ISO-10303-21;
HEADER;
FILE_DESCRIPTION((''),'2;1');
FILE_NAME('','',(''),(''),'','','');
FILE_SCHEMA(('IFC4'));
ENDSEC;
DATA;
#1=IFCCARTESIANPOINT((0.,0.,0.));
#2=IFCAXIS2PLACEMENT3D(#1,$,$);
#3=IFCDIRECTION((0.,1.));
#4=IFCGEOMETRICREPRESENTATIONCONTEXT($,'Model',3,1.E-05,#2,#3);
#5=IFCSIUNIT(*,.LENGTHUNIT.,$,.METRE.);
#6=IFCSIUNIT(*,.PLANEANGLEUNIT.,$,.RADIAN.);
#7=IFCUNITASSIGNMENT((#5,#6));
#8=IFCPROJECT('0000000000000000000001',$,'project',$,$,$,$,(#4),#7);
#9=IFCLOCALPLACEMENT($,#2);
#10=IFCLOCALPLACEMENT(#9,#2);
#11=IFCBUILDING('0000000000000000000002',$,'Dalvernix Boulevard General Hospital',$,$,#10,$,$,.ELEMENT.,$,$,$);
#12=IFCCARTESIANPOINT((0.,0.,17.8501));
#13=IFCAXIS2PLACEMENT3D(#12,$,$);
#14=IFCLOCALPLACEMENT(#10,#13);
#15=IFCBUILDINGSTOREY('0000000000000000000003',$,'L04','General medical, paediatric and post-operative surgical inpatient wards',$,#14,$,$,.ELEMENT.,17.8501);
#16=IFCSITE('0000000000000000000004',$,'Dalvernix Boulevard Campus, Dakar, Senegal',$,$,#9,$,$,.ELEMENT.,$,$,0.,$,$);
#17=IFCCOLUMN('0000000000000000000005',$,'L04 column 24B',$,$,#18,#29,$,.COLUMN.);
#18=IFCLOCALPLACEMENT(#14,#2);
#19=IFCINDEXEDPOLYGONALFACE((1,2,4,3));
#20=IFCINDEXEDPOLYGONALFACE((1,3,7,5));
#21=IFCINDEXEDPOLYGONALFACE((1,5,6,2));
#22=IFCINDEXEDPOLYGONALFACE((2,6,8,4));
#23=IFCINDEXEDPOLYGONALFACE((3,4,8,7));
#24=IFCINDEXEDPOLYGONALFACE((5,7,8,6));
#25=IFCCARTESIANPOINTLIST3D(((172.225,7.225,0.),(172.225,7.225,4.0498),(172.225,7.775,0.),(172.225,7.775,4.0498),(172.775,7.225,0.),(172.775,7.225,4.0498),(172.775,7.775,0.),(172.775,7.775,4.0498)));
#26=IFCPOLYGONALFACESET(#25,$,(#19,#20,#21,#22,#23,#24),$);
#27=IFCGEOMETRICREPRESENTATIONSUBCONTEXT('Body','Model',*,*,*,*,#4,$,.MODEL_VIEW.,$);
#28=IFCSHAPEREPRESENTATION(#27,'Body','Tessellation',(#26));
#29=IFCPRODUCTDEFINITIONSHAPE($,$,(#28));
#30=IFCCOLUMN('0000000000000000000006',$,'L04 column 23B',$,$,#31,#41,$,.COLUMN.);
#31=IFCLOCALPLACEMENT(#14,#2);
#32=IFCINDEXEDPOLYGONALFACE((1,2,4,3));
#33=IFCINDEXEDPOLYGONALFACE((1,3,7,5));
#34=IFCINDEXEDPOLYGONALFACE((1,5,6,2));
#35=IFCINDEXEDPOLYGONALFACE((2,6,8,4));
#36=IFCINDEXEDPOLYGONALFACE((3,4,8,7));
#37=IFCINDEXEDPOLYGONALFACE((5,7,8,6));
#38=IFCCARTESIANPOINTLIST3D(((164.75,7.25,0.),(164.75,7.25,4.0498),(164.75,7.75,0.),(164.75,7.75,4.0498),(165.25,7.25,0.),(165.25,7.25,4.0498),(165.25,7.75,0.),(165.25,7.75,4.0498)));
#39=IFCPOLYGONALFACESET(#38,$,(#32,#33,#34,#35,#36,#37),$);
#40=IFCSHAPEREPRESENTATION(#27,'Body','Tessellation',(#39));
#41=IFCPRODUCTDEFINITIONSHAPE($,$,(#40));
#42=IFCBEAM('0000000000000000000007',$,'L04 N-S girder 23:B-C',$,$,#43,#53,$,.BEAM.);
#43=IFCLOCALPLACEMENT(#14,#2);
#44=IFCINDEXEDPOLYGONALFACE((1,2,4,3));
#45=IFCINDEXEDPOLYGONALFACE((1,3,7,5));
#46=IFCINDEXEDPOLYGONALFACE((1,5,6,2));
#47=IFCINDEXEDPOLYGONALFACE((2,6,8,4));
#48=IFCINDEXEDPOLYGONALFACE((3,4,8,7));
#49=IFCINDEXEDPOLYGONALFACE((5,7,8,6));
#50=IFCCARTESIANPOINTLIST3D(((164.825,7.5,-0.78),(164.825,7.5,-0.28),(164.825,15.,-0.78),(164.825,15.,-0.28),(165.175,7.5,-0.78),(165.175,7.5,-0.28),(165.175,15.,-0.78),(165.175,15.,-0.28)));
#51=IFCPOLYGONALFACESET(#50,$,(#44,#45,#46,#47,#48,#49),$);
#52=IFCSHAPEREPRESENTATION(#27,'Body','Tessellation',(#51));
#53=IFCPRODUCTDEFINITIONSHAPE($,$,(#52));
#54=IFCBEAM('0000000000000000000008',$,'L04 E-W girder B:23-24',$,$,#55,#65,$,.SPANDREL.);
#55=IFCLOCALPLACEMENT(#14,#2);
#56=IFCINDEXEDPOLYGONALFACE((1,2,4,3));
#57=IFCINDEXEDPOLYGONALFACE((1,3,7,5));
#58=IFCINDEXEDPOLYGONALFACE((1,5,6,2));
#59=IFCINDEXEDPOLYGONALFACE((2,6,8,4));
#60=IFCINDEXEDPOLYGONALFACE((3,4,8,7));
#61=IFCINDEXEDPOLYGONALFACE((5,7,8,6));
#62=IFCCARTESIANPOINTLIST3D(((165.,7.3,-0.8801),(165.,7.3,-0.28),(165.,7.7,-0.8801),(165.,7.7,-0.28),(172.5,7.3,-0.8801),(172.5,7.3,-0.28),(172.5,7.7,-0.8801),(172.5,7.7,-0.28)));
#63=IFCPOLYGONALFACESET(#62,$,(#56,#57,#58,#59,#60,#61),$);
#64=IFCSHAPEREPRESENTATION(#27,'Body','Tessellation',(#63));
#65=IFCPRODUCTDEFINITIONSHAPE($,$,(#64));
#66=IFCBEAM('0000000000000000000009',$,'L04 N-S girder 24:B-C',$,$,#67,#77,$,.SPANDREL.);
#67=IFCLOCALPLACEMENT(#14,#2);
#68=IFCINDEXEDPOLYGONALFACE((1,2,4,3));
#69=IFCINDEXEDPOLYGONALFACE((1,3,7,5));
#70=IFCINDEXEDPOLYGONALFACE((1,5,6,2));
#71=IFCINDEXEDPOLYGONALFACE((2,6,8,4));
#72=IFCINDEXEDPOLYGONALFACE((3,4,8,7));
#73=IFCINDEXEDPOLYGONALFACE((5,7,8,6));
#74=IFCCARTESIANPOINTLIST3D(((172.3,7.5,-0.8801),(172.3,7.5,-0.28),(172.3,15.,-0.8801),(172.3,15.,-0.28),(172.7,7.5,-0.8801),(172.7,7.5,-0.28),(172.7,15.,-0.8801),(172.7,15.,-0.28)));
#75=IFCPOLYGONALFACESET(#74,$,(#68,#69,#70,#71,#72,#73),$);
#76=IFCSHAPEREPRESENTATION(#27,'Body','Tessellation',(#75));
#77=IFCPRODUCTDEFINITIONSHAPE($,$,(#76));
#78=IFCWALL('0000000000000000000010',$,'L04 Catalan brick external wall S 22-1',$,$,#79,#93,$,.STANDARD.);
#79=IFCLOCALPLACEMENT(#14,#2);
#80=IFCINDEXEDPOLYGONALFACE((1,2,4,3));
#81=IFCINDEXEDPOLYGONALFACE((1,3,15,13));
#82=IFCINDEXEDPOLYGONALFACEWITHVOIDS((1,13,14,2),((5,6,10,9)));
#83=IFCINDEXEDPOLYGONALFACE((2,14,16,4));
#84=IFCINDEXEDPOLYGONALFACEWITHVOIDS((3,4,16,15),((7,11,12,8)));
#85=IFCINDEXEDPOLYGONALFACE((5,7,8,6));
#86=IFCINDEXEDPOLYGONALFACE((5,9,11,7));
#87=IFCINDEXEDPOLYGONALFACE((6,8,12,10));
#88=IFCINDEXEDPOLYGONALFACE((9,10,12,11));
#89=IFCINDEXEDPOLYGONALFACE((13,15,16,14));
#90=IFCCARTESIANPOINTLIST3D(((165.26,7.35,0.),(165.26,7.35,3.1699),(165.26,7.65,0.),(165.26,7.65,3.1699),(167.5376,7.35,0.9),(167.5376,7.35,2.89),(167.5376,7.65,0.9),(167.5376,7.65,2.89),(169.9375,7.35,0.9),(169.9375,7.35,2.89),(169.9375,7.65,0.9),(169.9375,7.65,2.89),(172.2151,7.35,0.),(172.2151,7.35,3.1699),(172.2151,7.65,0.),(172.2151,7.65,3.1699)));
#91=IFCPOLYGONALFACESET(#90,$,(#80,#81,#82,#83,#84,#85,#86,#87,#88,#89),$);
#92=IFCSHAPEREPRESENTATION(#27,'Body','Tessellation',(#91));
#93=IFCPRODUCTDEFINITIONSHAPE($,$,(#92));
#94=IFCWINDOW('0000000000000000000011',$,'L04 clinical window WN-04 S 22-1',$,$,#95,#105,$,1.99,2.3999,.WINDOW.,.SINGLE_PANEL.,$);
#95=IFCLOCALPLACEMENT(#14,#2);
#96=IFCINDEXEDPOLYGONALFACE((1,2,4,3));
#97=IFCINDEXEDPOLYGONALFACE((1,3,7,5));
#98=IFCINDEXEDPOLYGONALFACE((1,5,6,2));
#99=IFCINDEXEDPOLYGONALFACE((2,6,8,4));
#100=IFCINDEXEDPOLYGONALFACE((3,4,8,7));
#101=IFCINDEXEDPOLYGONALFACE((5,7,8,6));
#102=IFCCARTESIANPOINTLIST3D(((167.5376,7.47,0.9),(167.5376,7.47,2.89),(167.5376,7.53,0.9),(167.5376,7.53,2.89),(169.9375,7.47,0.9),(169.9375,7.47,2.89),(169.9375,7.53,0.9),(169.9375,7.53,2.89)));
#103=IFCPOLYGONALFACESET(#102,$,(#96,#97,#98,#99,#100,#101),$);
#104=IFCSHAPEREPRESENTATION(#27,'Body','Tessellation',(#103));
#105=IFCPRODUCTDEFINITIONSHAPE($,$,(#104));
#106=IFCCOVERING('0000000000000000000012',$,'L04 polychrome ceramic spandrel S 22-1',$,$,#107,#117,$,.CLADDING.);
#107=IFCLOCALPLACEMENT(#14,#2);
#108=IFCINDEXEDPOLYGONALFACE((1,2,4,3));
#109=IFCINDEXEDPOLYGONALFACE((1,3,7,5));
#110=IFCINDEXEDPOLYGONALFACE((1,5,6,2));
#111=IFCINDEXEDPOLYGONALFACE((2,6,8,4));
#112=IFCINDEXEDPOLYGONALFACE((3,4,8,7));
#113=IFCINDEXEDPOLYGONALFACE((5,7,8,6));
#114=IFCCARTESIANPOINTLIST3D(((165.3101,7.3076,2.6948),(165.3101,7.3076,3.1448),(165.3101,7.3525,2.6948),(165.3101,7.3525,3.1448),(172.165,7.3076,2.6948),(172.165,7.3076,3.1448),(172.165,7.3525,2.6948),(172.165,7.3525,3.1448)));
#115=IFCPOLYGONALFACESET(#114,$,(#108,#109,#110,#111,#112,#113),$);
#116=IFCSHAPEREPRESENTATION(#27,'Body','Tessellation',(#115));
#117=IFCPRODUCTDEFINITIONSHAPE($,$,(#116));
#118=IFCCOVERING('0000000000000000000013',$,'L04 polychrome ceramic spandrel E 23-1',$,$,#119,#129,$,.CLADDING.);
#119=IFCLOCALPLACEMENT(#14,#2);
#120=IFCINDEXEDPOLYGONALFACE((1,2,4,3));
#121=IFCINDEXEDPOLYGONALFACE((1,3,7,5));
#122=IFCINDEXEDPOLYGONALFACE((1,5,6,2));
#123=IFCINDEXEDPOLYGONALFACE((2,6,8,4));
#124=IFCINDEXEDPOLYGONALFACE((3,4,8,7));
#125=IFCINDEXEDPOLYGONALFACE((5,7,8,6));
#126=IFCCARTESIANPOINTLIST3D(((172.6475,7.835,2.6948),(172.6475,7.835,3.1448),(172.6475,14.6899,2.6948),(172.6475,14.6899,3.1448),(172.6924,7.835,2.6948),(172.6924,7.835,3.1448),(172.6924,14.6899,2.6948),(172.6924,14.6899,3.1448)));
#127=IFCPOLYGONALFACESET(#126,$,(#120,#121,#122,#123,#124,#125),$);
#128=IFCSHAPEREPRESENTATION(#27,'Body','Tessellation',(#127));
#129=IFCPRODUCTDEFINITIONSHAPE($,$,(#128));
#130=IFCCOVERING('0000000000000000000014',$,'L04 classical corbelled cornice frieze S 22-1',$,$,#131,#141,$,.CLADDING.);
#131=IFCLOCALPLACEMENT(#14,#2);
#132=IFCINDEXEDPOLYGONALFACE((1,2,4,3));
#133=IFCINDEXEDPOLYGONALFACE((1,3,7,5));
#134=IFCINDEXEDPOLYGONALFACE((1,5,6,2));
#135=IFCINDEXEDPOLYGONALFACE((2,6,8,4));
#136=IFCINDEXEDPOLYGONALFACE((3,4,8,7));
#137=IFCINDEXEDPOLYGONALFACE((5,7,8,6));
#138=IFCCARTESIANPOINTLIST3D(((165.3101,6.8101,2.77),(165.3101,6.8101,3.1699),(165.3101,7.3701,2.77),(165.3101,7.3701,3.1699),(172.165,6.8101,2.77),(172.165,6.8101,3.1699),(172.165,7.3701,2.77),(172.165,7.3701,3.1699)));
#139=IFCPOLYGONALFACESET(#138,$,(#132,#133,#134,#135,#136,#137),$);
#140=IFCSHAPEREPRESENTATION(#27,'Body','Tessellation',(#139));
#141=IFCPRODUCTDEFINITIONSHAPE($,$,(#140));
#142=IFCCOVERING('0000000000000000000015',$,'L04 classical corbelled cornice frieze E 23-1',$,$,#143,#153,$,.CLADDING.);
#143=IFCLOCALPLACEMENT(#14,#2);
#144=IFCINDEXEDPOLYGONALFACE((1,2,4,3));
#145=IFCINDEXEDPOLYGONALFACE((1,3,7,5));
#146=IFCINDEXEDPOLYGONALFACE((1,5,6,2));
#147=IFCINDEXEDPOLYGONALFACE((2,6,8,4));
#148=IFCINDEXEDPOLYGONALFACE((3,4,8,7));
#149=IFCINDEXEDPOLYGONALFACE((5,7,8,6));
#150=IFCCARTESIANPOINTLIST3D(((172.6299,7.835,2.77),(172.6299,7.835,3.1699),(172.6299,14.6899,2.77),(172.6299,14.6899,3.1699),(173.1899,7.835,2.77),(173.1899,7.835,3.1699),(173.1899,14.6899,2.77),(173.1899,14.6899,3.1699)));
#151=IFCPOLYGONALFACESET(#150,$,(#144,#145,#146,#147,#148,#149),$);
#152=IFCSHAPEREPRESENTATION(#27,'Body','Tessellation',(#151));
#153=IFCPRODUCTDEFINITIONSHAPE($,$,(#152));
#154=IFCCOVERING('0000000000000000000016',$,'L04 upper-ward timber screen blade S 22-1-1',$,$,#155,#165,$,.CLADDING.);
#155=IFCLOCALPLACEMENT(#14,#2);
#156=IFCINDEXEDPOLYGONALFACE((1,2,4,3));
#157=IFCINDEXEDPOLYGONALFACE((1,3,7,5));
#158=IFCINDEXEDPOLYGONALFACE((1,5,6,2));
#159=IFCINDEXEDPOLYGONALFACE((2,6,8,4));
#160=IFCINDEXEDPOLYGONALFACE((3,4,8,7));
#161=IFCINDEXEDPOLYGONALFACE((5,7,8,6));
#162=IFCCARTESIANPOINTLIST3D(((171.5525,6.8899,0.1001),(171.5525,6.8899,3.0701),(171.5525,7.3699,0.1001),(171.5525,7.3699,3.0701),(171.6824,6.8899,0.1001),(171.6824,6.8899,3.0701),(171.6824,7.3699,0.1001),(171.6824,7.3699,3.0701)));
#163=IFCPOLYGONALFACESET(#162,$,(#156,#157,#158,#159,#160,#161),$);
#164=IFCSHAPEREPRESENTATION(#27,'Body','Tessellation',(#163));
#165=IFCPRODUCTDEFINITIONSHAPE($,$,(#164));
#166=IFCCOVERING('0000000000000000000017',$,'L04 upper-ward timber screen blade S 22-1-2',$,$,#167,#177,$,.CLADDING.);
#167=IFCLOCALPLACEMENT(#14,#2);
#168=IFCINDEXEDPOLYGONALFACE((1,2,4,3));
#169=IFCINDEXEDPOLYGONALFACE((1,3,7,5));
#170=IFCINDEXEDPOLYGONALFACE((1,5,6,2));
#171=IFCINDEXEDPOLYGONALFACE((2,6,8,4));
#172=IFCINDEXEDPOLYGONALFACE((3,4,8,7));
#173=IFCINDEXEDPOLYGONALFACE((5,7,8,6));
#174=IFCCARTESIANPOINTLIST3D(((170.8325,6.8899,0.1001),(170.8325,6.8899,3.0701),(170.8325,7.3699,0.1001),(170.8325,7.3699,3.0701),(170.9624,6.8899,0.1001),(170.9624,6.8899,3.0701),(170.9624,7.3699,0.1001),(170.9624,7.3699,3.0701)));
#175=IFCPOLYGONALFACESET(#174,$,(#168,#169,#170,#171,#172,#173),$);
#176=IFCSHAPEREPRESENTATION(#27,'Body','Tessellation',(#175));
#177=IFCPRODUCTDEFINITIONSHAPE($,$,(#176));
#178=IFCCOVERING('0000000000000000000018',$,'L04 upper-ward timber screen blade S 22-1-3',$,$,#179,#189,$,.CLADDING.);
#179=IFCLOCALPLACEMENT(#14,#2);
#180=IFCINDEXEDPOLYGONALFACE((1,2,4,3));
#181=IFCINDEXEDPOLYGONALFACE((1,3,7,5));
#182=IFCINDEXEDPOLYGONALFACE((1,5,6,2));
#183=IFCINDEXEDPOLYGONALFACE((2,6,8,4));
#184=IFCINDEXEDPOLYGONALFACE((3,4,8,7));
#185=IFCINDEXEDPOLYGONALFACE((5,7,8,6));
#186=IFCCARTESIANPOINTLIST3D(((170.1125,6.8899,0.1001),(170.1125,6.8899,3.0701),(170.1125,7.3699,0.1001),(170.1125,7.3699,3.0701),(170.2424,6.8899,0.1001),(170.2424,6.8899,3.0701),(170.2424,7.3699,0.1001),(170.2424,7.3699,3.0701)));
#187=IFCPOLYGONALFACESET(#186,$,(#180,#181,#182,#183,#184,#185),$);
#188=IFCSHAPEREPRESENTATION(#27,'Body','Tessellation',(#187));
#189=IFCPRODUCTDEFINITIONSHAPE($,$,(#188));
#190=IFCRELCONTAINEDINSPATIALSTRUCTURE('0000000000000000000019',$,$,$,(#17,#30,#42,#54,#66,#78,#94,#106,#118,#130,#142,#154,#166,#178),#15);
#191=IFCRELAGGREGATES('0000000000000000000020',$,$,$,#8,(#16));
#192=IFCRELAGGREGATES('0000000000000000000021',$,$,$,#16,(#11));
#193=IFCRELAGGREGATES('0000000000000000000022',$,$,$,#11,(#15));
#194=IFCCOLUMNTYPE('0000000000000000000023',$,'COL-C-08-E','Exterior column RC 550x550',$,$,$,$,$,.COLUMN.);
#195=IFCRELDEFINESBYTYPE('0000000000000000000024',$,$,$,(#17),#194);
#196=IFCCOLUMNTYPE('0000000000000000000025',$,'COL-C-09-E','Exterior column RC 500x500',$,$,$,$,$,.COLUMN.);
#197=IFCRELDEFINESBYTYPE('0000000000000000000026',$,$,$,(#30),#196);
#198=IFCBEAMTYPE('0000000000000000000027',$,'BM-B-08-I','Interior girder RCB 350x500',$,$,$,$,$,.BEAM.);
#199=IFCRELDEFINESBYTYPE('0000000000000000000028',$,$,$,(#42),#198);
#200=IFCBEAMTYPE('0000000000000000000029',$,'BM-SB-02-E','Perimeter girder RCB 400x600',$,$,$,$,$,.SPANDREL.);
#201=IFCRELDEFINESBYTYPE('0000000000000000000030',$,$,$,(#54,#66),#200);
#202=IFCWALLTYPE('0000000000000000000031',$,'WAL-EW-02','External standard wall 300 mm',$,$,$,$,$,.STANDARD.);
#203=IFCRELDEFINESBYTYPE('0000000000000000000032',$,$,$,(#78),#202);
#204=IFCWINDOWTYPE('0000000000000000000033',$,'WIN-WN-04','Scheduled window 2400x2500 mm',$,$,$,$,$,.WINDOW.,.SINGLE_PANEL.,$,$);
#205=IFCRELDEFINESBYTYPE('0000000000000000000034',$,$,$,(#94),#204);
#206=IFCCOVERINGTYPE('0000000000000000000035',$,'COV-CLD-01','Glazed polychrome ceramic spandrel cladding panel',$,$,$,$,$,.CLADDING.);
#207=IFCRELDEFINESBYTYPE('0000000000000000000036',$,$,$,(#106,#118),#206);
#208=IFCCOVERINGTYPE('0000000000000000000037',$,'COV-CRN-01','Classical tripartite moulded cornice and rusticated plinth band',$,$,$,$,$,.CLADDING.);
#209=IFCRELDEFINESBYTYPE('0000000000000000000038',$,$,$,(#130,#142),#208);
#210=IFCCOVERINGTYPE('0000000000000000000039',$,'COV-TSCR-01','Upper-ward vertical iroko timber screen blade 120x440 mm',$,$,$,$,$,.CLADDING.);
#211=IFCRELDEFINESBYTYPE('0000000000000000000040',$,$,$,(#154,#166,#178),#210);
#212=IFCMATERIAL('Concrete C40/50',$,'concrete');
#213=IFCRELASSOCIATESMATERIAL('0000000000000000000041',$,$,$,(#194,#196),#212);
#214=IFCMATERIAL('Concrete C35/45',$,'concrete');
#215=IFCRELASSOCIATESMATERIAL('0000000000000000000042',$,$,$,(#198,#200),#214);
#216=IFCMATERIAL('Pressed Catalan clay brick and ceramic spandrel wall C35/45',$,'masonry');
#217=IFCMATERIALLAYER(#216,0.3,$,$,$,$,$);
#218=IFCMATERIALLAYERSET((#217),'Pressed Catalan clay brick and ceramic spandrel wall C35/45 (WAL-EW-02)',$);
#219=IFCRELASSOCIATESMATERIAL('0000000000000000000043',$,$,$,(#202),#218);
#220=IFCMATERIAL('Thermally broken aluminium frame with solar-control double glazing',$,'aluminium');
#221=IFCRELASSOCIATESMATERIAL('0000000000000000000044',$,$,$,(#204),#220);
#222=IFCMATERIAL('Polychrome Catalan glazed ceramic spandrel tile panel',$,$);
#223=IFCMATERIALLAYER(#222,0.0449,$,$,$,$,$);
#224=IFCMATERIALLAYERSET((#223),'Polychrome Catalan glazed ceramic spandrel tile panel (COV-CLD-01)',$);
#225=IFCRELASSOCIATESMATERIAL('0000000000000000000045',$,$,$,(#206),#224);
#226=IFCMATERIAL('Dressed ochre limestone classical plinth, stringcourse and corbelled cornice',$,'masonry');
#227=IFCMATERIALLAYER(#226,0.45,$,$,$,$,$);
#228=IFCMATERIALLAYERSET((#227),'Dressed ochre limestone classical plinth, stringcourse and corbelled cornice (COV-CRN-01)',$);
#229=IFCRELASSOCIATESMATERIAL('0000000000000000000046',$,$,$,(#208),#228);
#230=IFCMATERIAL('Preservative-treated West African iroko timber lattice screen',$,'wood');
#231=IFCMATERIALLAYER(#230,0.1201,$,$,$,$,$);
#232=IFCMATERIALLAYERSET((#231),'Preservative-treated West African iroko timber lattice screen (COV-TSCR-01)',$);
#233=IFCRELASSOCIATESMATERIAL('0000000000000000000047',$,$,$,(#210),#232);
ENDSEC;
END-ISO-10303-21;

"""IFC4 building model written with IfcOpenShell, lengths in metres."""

from ifc_helpers import new_model, si_unit, direction, frame, frame_2d, origin, origin_2d, place, context, subcontext, project, spatial, rectangle, extrude, material, layer, layer_set, material_profile, profile_set, type_object, element, fill, save


model = new_model("IFC4")

# Units and contexts
model_context = context("Model", 3, precision=1e-05, world=origin(), true_north=direction((0.0, 1.0)))
body_context = subcontext(model_context, "Body", "Model", "MODEL_VIEW")
ifc_project = project(units=[si_unit("LENGTHUNIT", "METRE"), si_unit("PLANEANGLEUNIT", "RADIAN")], contexts=[model_context])

# Site, building, storey
site_placement = place(None, origin())
site = spatial("IfcSite", under=ifc_project, at=site_placement, Name="Dalvernix Boulevard Campus, Dakar, Senegal", CompositionType="ELEMENT", RefElevation=0.0)
building_placement = place(site_placement, origin())
building = spatial("IfcBuilding", under=site, at=building_placement, Name="Dalvernix Boulevard General Hospital", CompositionType="ELEMENT")
storey_placement = place(building_placement, frame((0.0, 0.0, 17.8501)))
storey = spatial("IfcBuildingStorey", under=building, at=storey_placement, Name="L04", Description="General medical, paediatric and post-operative surgical inpatient wards", CompositionType="ELEMENT", Elevation=17.8501)

# Columns
ifc_material_1 = material(Name="Concrete C40/50", Category="concrete")
ifc_material_profile_1 = material_profile(ifc_material_1, rectangle(XDim=0.55, YDim=0.55, at=origin_2d()), Name="RC 550x550")
ifc_profile_set_1 = profile_set([ifc_material_profile_1], Name="Concrete C40/50")
column_type_1 = type_object("IfcColumnType", Name="COL-C-08-E", Description="Exterior column RC 550x550", PredefinedType="COLUMN", material=ifc_profile_set_1)
column_1_placement = place(storey_placement, frame((172.5, 7.5, 0.0), z_axis=(0.0, 0.0, 1.0), x_axis=(1.0, 0.0, 0.0)))
element("IfcColumn", 1, at=column_1_placement, inside=storey, type_object=column_type_1, Name="L04 column 24B", PredefinedType="COLUMN", context=body_context, shape_type="SweptSolid", body=[
    extrude(rectangle(XDim=0.55, YDim=0.55, at=origin_2d()), origin(), (0.0, 0.0, 1.0), 4.0498),
])
ifc_material_profile_2 = material_profile(ifc_material_1, rectangle(XDim=0.5, YDim=0.5, at=origin_2d()), Name="RC 500x500")
ifc_profile_set_2 = profile_set([ifc_material_profile_2], Name="Concrete C40/50")
column_type_2 = type_object("IfcColumnType", Name="COL-C-09-E", Description="Exterior column RC 500x500", PredefinedType="COLUMN", material=ifc_profile_set_2)
column_2_placement = place(storey_placement, frame((165.0, 7.5, 0.0), z_axis=(0.0, 0.0, 1.0), x_axis=(1.0, 0.0, 0.0)))
element("IfcColumn", 2, at=column_2_placement, inside=storey, type_object=column_type_2, Name="L04 column 23B", PredefinedType="COLUMN", context=body_context, shape_type="SweptSolid", body=[
    extrude(rectangle(XDim=0.5, YDim=0.5, at=origin_2d()), origin(), (0.0, 0.0, 1.0), 4.0498),
])

# Beams
ifc_material_2 = material(Name="Concrete C35/45", Category="concrete")
ifc_material_profile_3 = material_profile(ifc_material_2, rectangle(XDim=0.3501, YDim=0.5, at=origin_2d()), Name="RCB 350x500")
ifc_profile_set_3 = profile_set([ifc_material_profile_3], Name="Concrete C35/45")
beam_type_1 = type_object("IfcBeamType", Name="BM-B-08-I", Description="Interior girder RCB 350x500", PredefinedType="BEAM", material=ifc_profile_set_3)
beam_placement = place(storey_placement, frame((165.0, 7.5, -0.53), z_axis=(0.0, 1.0, 0.0), x_axis=(-1.0, 0.0, 0.0)))
element("IfcBeam", 3, at=beam_placement, inside=storey, type_object=beam_type_1, Name="L04 N-S girder 23:B-C", PredefinedType="BEAM", context=body_context, shape_type="SweptSolid", body=[
    extrude(rectangle(XDim=0.3501, YDim=0.5, at=origin_2d()), origin(), (0.0, 0.0, 1.0), 7.5),
])
ifc_material_profile_4 = material_profile(ifc_material_2, rectangle(XDim=0.3999, YDim=0.6001, at=origin_2d()), Name="RCB 400x600")
ifc_profile_set_4 = profile_set([ifc_material_profile_4], Name="Concrete C35/45")
beam_type_2 = type_object("IfcBeamType", Name="BM-SB-02-E", Description="Perimeter girder RCB 400x600", PredefinedType="SPANDREL", material=ifc_profile_set_4)
for number, where, z_axis, x_axis, name in (
    (4, (165.0, 7.5, -0.5801), (1.0, 0.0, 0.0), (0.0, 1.0, 0.0), "L04 E-W girder B:23-24"),
    (5, (172.5, 7.5, -0.5801), (0.0, 1.0, 0.0), (-1.0, 0.0, 0.0), "L04 N-S girder 24:B-C"),
):
    element("IfcBeam", number, at=place(storey_placement, frame(where, z_axis=z_axis, x_axis=x_axis)), inside=storey, type_object=beam_type_2, Name=name, PredefinedType="SPANDREL", context=body_context, shape_type="SweptSolid", body=[
        extrude(rectangle(XDim=0.3999, YDim=0.6001, at=origin_2d()), origin(), (0.0, 0.0, 1.0), 7.5),
    ])

# Wall, opening, window
ifc_material_3 = material(Name="Pressed Catalan clay brick and ceramic spandrel wall C35/45", Category="masonry")
ifc_layer_1 = layer(ifc_material_3, 0.3)
ifc_layer_set_1 = layer_set([ifc_layer_1], Name="Pressed Catalan clay brick and ceramic spandrel wall C35/45 (WAL-EW-02)")
wall_type = type_object("IfcWallType", Name="WAL-EW-02", Description="External standard wall 300 mm", PredefinedType="STANDARD", material=ifc_layer_set_1)
wall_placement = place(storey_placement, frame((172.2151, 7.5, 0.0), z_axis=(0.0, 0.0, 1.0), x_axis=(-1.0, 0.0, 0.0)))
wall = element("IfcWall", 6, at=wall_placement, inside=storey, type_object=wall_type, Name="L04 Catalan brick external wall S 22-1", PredefinedType="STANDARD", context=body_context, shape_type="SweptSolid", body=[
    extrude(rectangle(XDim=6.9551, YDim=0.3, at=frame_2d((3.4775, 0.0))), origin(), (0.0, 0.0, 1.0), 3.1699),
])
opening_placement = place(wall_placement, frame((2.2776, 0.0, 0.8999)))
opening = element("IfcOpeningElement", 7, at=opening_placement, cuts=wall, PredefinedType="OPENING", context=body_context, shape_type="SweptSolid", body=[
    extrude(rectangle(XDim=2.3999, YDim=1.99, at=frame_2d((1.2, 0.9951))), frame((0.0, 0.1599, 0.0), z_axis=(0.0, -1.0, 0.0), x_axis=(1.0, 0.0, 0.0)), (0.0, 0.0, 1.0), 0.3201),
])
ifc_material_4 = material(Name="Thermally broken aluminium frame with solar-control double glazing", Category="aluminium")
window_type = type_object("IfcWindowType", Name="WIN-WN-04", Description="Scheduled window 2400x2500 mm", PartitioningType="SINGLE_PANEL", PredefinedType="WINDOW", material=ifc_material_4)
window_placement = place(opening_placement, origin())
window = element("IfcWindow", 8, at=window_placement, inside=storey, type_object=window_type, Name="L04 clinical window WN-04 S 22-1", OverallHeight=1.99, OverallWidth=2.3999, PartitioningType="SINGLE_PANEL", PredefinedType="WINDOW", context=body_context, shape_type="SweptSolid", body=[
    extrude(rectangle(XDim=2.3999, YDim=1.99, at=frame_2d((1.2, 0.9951))), frame((0.0, 0.03, 0.0), z_axis=(0.0, -1.0, 0.0), x_axis=(1.0, 0.0, 0.0)), (0.0, 0.0, 1.0), 0.0601),
])
fill(opening, window)

# Coverings
ifc_material_5 = material(Name="Polychrome Catalan glazed ceramic spandrel tile panel")
ifc_layer_2 = layer(ifc_material_5, 0.0449)
ifc_layer_set_2 = layer_set([ifc_layer_2], Name="Polychrome Catalan glazed ceramic spandrel tile panel (COV-CLD-01)")
covering_type_1 = type_object("IfcCoveringType", Name="COV-CLD-01", Description="Glazed polychrome ceramic spandrel cladding panel", PredefinedType="CLADDING", material=ifc_layer_set_2)
for number, where, z_axis, x_axis, name in (
    (9, (168.7375, 7.3301, 2.6948), (0.0, 0.0, 1.0), (-1.0, 0.0, 0.0), "L04 polychrome ceramic spandrel S 22-1"),
    (10, (172.6699, 11.2625, 2.6948), (0.0, 0.0, 1.0), (0.0, -1.0, 0.0), "L04 polychrome ceramic spandrel E 23-1"),
):
    element("IfcCovering", number, at=place(storey_placement, frame(where, z_axis=z_axis, x_axis=x_axis)), inside=storey, type_object=covering_type_1, Name=name, PredefinedType="CLADDING", context=body_context, shape_type="SweptSolid", body=[
        extrude(rectangle(XDim=6.855, YDim=0.0449, at=origin_2d()), origin(), (0.0, 0.0, 1.0), 0.45),
    ])
ifc_material_6 = material(Name="Dressed ochre limestone classical plinth, stringcourse and corbelled cornice", Category="masonry")
ifc_layer_3 = layer(ifc_material_6, 0.45)
ifc_layer_set_3 = layer_set([ifc_layer_3], Name="Dressed ochre limestone classical plinth, stringcourse and corbelled cornice (COV-CRN-01)")
covering_type_2 = type_object("IfcCoveringType", Name="COV-CRN-01", Description="Classical tripartite moulded cornice and rusticated plinth band", PredefinedType="CLADDING", material=ifc_layer_set_3)
for number, where, z_axis, x_axis, name in (
    (11, (168.7375, 7.0901, 2.77), (0.0, 0.0, 1.0), (-1.0, 0.0, 0.0), "L04 classical corbelled cornice frieze S 22-1"),
    (12, (172.9099, 11.2625, 2.77), (0.0, 0.0, 1.0), (0.0, -1.0, 0.0), "L04 classical corbelled cornice frieze E 23-1"),
):
    element("IfcCovering", number, at=place(storey_placement, frame(where, z_axis=z_axis, x_axis=x_axis)), inside=storey, type_object=covering_type_2, Name=name, PredefinedType="CLADDING", context=body_context, shape_type="SweptSolid", body=[
        extrude(rectangle(XDim=6.855, YDim=0.5601, at=origin_2d()), origin(), (0.0, 0.0, 1.0), 0.3999),
    ])
ifc_material_7 = material(Name="Preservative-treated West African iroko timber lattice screen", Category="wood")
ifc_layer_4 = layer(ifc_material_7, 0.1201)
ifc_layer_set_4 = layer_set([ifc_layer_4], Name="Preservative-treated West African iroko timber lattice screen (COV-TSCR-01)")
covering_type_3 = type_object("IfcCoveringType", Name="COV-TSCR-01", Description="Upper-ward vertical iroko timber screen blade 120x440 mm", PredefinedType="CLADDING", material=ifc_layer_set_4)
for number, where, z_axis, x_axis, name in (
    (13, (171.6174, 7.1299, 0.1001), (0.0, 0.0, 1.0), (-1.0, 0.0, 0.0), "L04 upper-ward timber screen blade S 22-1-1"),
    (14, (170.8975, 7.1299, 0.1001), (0.0, 0.0, 1.0), (-1.0, 0.0, 0.0), "L04 upper-ward timber screen blade S 22-1-2"),
    (15, (170.1775, 7.1299, 0.1001), (0.0, 0.0, 1.0), (-1.0, 0.0, 0.0), "L04 upper-ward timber screen blade S 22-1-3"),
):
    element("IfcCovering", number, at=place(storey_placement, frame(where, z_axis=z_axis, x_axis=x_axis)), inside=storey, type_object=covering_type_3, Name=name, PredefinedType="CLADDING", context=body_context, shape_type="SweptSolid", body=[
        extrude(rectangle(XDim=0.1299, YDim=0.48, at=origin_2d()), origin(), (0.0, 0.0, 1.0), 2.97),
    ])

save(model, "model.ifc")
